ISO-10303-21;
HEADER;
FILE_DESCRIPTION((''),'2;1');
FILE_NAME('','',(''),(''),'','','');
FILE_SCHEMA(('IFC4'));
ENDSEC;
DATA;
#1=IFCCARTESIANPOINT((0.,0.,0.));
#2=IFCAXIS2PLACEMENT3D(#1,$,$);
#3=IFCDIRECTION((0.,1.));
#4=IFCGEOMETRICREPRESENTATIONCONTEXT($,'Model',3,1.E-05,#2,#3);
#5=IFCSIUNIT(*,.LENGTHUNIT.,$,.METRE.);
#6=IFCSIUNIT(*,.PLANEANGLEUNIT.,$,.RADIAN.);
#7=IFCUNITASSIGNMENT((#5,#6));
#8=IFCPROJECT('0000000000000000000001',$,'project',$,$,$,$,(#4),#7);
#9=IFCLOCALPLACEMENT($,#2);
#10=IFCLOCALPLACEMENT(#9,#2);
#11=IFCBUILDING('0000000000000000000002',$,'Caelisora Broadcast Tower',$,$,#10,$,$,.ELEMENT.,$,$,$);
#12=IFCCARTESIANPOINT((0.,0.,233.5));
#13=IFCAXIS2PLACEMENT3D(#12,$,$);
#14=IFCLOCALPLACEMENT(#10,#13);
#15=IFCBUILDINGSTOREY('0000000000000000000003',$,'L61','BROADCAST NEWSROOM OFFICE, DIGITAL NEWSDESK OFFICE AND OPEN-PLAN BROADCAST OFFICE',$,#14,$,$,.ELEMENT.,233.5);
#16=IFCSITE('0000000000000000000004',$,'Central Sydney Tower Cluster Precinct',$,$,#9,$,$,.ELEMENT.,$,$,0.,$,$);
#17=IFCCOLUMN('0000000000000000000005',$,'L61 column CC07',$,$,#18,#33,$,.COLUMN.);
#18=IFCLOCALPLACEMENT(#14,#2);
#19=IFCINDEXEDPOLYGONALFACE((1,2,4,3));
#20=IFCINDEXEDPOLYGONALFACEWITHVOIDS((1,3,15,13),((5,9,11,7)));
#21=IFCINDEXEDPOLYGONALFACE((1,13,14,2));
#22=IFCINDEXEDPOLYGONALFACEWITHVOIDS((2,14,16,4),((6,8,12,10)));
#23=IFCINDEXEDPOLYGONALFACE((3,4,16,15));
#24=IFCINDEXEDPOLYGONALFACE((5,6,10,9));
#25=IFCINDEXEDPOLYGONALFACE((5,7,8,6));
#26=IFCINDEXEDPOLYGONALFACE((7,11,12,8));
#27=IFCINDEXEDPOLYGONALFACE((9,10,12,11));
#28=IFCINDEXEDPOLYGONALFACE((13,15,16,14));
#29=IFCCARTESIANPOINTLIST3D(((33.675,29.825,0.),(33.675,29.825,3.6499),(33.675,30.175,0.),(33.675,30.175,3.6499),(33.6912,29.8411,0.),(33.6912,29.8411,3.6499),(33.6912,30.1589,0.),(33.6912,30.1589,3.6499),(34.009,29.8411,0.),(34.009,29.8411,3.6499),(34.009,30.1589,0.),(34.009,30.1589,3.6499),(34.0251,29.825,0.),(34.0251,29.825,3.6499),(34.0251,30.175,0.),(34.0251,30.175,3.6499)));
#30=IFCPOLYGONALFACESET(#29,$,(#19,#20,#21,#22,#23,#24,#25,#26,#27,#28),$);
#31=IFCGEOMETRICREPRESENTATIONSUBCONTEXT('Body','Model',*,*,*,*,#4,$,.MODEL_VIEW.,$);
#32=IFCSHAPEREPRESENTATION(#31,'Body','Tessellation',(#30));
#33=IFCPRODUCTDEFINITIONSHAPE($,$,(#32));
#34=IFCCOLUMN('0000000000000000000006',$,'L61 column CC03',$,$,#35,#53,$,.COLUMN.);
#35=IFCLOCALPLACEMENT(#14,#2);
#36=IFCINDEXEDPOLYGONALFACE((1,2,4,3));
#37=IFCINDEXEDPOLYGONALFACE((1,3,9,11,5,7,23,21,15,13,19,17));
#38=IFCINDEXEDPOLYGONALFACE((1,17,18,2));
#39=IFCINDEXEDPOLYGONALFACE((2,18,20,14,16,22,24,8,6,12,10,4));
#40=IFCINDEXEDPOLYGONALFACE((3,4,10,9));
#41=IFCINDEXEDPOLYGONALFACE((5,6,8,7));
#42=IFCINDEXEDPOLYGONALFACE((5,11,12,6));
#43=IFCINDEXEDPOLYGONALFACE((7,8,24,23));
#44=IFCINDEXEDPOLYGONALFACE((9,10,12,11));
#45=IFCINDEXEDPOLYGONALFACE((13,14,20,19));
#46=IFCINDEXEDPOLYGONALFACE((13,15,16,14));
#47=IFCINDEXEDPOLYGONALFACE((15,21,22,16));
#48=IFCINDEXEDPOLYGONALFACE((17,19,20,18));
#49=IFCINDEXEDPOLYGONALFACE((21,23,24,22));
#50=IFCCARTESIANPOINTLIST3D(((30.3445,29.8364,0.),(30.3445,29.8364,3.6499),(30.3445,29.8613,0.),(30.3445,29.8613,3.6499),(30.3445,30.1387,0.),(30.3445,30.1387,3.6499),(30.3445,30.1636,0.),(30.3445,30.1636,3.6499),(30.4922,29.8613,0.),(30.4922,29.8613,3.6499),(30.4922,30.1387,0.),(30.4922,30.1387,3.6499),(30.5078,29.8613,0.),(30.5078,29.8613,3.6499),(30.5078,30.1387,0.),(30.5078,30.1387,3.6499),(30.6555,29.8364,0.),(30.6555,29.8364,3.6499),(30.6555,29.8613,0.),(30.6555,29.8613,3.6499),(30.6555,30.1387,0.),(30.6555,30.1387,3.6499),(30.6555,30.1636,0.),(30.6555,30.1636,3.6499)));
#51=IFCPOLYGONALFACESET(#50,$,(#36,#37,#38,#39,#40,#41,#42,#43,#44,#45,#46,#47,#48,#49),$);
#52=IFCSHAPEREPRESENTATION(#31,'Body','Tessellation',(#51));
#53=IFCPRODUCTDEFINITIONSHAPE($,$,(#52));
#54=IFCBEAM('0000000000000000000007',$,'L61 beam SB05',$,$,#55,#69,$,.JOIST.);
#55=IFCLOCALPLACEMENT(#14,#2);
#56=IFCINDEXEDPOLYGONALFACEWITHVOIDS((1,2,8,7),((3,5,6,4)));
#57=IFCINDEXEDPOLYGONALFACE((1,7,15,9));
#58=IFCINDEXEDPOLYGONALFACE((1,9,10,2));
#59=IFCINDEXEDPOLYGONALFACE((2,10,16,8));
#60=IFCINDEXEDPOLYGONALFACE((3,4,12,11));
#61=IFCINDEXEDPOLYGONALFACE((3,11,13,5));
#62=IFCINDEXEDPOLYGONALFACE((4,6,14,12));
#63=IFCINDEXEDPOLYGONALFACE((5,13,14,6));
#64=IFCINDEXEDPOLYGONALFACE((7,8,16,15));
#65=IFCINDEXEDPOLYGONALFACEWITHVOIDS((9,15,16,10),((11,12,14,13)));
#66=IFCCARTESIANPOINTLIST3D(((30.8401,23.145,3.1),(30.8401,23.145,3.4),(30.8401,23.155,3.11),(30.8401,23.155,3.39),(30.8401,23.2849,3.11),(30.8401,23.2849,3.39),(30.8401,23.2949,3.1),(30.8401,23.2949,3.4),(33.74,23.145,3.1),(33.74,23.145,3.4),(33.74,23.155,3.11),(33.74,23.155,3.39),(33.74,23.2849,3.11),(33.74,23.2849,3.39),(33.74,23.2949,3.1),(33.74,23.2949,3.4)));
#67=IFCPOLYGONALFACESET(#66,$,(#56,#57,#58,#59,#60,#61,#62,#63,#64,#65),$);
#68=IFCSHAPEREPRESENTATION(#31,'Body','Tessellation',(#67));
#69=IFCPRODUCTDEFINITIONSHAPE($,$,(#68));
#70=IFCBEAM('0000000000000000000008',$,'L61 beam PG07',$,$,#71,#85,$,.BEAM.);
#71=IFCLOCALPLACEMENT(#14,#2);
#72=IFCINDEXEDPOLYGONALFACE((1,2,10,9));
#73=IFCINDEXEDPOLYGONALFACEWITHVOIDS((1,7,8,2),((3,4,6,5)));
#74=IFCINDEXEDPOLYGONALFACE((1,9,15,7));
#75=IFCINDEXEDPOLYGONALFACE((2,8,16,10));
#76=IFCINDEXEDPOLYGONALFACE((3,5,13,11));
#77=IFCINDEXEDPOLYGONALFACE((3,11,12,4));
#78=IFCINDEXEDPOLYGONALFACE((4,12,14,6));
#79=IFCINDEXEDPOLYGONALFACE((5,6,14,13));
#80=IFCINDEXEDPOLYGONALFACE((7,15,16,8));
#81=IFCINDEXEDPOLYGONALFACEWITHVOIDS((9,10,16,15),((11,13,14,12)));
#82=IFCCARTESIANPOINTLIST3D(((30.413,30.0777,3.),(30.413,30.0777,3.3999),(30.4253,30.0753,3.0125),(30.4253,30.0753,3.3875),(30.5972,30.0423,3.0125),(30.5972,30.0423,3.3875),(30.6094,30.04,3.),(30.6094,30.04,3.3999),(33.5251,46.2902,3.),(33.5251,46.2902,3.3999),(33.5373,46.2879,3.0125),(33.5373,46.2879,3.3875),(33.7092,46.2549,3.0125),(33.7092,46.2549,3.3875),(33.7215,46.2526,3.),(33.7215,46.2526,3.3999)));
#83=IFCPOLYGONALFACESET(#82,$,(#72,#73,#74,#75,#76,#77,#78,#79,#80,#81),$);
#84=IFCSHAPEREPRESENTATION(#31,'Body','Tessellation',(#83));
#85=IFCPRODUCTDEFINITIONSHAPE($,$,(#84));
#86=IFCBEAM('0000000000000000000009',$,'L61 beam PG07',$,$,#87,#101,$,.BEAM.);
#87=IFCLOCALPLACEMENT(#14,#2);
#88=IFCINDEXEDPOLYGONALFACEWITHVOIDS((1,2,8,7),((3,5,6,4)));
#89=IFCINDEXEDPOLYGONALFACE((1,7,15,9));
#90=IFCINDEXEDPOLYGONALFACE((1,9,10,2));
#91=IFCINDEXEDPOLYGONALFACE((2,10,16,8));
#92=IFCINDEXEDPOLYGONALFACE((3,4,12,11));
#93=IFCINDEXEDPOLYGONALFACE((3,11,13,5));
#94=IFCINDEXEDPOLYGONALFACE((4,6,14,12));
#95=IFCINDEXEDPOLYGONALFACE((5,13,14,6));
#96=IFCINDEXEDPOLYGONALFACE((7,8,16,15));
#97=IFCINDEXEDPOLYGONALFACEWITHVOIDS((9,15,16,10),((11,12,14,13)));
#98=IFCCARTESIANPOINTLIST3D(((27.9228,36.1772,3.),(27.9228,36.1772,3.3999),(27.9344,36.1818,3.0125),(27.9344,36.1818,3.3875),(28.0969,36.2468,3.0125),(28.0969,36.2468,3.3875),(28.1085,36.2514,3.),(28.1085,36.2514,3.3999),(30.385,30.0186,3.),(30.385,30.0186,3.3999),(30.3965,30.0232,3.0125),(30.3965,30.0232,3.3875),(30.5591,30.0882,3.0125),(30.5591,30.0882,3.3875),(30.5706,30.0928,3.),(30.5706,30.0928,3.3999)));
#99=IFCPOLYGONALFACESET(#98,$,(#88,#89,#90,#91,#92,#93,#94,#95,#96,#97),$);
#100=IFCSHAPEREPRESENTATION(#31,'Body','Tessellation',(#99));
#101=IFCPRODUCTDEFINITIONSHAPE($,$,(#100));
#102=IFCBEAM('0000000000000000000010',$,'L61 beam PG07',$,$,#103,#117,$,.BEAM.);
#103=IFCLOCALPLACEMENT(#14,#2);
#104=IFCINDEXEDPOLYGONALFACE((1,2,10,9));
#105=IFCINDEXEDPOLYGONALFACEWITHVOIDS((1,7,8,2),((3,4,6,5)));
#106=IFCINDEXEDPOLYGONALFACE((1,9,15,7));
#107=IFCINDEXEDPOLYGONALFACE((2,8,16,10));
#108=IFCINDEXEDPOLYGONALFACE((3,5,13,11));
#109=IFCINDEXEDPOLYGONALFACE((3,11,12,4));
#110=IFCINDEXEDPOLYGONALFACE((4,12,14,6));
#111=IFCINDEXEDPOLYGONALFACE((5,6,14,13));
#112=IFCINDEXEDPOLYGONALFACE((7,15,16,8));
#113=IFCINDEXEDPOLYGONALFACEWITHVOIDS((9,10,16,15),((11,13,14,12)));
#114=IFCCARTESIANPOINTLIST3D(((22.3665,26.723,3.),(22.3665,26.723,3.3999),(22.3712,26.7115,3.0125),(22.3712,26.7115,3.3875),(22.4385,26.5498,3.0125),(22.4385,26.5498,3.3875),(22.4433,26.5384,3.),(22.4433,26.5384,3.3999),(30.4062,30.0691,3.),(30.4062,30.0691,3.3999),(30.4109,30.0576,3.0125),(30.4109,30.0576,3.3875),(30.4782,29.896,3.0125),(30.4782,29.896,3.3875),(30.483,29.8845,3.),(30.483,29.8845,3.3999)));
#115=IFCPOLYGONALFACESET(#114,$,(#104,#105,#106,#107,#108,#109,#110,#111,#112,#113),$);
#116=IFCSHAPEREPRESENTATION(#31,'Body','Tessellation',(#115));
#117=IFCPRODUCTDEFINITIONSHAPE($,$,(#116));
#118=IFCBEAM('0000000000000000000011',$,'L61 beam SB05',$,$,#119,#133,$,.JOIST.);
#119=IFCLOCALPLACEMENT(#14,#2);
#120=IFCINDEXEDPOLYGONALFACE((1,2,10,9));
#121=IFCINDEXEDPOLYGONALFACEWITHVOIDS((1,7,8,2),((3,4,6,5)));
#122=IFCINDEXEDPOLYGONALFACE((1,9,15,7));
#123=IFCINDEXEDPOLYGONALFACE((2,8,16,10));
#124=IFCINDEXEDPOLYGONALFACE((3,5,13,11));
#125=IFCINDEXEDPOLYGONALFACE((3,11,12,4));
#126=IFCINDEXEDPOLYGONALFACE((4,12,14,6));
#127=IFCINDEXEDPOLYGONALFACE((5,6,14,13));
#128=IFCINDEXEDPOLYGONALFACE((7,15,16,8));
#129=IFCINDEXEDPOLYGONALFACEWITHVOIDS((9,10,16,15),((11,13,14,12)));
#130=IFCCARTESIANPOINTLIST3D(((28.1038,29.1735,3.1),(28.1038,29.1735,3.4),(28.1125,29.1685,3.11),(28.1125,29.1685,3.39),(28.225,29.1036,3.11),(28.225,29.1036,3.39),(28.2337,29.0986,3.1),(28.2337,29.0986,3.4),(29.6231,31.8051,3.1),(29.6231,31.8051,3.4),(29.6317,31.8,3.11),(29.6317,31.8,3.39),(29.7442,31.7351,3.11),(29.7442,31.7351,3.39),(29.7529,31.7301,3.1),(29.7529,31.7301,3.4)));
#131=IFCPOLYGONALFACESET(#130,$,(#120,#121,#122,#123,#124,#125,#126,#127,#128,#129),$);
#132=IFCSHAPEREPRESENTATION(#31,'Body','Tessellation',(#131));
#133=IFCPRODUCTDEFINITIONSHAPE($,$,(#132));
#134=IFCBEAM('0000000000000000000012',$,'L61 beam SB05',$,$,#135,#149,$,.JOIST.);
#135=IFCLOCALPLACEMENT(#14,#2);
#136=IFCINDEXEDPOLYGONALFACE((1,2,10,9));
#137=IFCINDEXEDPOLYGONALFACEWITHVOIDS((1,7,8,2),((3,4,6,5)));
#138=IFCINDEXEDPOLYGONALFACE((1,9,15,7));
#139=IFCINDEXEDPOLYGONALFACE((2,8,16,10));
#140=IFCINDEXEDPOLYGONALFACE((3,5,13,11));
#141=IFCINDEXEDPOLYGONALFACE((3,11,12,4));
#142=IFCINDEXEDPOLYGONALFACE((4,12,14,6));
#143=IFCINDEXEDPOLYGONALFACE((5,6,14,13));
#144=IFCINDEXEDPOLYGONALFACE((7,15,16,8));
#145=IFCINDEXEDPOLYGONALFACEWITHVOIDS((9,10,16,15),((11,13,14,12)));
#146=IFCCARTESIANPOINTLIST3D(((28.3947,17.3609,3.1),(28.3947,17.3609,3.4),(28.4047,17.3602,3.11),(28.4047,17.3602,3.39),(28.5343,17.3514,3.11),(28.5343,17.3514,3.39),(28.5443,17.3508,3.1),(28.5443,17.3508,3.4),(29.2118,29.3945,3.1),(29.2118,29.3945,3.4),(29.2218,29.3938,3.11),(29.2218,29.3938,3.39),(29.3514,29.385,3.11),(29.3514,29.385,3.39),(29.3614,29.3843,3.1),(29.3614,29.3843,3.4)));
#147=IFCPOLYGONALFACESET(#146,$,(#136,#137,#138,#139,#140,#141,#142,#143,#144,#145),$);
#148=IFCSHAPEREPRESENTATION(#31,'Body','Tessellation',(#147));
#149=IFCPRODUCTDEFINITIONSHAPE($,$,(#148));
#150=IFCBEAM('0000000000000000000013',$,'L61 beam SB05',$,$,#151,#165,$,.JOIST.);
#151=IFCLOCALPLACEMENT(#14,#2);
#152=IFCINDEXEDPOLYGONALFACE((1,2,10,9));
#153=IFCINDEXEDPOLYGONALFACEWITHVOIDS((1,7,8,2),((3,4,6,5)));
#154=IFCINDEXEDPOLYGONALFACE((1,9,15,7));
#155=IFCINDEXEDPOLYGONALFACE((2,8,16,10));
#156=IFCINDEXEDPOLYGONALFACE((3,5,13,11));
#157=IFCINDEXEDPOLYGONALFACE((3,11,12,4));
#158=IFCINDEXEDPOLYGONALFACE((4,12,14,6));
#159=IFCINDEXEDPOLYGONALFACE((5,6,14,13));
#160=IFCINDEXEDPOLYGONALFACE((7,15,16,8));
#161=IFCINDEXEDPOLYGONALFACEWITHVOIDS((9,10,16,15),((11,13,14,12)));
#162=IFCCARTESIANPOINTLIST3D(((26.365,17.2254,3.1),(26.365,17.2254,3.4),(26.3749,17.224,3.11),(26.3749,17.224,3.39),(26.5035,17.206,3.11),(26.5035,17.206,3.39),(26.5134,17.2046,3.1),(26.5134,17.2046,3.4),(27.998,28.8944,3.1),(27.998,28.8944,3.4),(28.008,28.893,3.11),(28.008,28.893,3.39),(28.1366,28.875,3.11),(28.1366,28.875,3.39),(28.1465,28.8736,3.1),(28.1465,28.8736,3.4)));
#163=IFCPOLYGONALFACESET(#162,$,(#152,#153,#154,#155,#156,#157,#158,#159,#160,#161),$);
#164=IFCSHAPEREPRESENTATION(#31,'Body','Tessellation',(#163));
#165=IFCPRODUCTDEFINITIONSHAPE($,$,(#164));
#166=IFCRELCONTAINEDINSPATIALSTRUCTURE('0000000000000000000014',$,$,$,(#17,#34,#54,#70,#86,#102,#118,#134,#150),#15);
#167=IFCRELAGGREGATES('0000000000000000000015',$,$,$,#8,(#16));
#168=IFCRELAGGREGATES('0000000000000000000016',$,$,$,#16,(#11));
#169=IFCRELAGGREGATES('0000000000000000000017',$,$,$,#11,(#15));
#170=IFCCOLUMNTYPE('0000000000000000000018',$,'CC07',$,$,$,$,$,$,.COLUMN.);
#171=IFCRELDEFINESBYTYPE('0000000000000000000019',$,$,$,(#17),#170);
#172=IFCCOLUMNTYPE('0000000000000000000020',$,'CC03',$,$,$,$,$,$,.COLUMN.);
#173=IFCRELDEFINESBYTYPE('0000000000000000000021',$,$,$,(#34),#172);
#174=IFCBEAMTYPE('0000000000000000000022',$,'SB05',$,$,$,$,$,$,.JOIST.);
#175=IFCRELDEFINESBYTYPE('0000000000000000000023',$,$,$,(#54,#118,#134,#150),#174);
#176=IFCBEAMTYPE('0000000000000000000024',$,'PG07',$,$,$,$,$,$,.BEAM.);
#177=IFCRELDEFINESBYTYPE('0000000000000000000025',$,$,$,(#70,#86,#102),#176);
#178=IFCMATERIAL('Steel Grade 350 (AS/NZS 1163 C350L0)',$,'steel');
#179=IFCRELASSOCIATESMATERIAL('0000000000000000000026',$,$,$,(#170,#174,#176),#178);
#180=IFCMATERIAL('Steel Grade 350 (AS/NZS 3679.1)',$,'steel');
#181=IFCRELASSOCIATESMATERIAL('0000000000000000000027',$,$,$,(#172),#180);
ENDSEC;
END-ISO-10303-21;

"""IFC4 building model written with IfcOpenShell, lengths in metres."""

from ifc_helpers import new_model, si_unit, direction, frame, origin, origin_2d, place, context, subcontext, project, spatial, hollow_rectangle, i_section, extrude, source, transform, mapped, material, material_profile, profile_set, type_object, type_shapes, element, save


model = new_model("IFC4")

# Units and contexts
model_context = context("Model", 3, precision=1e-05, world=origin(), true_north=direction((0.0, 1.0)))
body_context = subcontext(model_context, "Body", "Model", "MODEL_VIEW")
ifc_project = project(units=[si_unit("LENGTHUNIT", "METRE"), si_unit("PLANEANGLEUNIT", "RADIAN")], contexts=[model_context])

# Site, building, storey
site_placement = place(None, origin())
site = spatial("IfcSite", under=ifc_project, at=site_placement, Name="Central Sydney Tower Cluster Precinct", CompositionType="ELEMENT", RefElevation=0.0)
building_placement = place(site_placement, origin())
building = spatial("IfcBuilding", under=site, at=building_placement, Name="Caelisora Broadcast Tower", CompositionType="ELEMENT")
storey_placement = place(building_placement, frame((0.0, 0.0, 233.5)))
storey = spatial("IfcBuildingStorey", under=building, at=storey_placement, Name="L61", Description="BROADCAST NEWSROOM OFFICE, DIGITAL NEWSDESK OFFICE AND OPEN-PLAN BROADCAST OFFICE", CompositionType="ELEMENT", Elevation=233.5)

# Columns
ifc_material_1 = material(Name="Steel Grade 350 (AS/NZS 1163 C350L0)", Category="steel")
ifc_material_profile_1 = material_profile(ifc_material_1, hollow_rectangle(XDim=0.3501, YDim=0.3501, WallThickness=0.0161, at=origin_2d()), Name="Steel Grade 350 (AS/NZS 1163 C350L0)")
ifc_profile_set_1 = profile_set([ifc_material_profile_1], Name="Steel Grade 350 (AS/NZS 1163 C350L0)")
column_type_1 = type_object("IfcColumnType", Name="CC07", PredefinedType="COLUMN", material=ifc_profile_set_1)
shared_shape_1 = source(origin(), body_context, "Body", "SweptSolid", [
    extrude(hollow_rectangle(XDim=0.3501, YDim=0.3501, WallThickness=0.0161, at=origin_2d()), origin(), (0.0, 0.0, 1.0), 3.6499),
])
type_shapes(column_type_1, [shared_shape_1])
column_1_placement = place(storey_placement, frame((33.8501, 30.0, 0.0), z_axis=(0.0, 0.0, 1.0), x_axis=(1.0, 0.0, 0.0)))
element("IfcColumn", 1, at=column_1_placement, inside=storey, type_object=column_type_1, Name="L61 column CC07", PredefinedType="COLUMN", context=body_context, shape_type="MappedRepresentation", body=[
    mapped(shared_shape_1, transform((0.0, 0.0, 0.0), scale=1.0)),
])
ifc_material_2 = material(Name="Steel Grade 350 (AS/NZS 3679.1)", Category="steel")
ifc_material_profile_2 = material_profile(ifc_material_2, i_section(OverallWidth=0.311, OverallDepth=0.3271, WebThickness=0.0156, FlangeThickness=0.0249, at=origin_2d()), Name="Steel Grade 350 (AS/NZS 3679.1)")
ifc_profile_set_2 = profile_set([ifc_material_profile_2], Name="Steel Grade 350 (AS/NZS 3679.1)")
column_type_2 = type_object("IfcColumnType", Name="CC03", PredefinedType="COLUMN", material=ifc_profile_set_2)
shared_shape_2 = source(origin(), body_context, "Body", "SweptSolid", [
    extrude(i_section(OverallWidth=0.311, OverallDepth=0.3271, WebThickness=0.0156, FlangeThickness=0.0249, at=origin_2d()), origin(), (0.0, 0.0, 1.0), 3.6499),
])
type_shapes(column_type_2, [shared_shape_2])
column_2_placement = place(storey_placement, frame((30.5, 30.0, 0.0), z_axis=(0.0, 0.0, 1.0), x_axis=(1.0, 0.0, 0.0)))
element("IfcColumn", 2, at=column_2_placement, inside=storey, type_object=column_type_2, Name="L61 column CC03", PredefinedType="COLUMN", context=body_context, shape_type="MappedRepresentation", body=[
    mapped(shared_shape_2, transform((0.0, 0.0, 0.0), scale=1.0)),
])

# Beams
ifc_material_profile_3 = material_profile(ifc_material_1, hollow_rectangle(XDim=0.1499, YDim=0.3, WallThickness=0.01, at=origin_2d()), Name="Steel Grade 350 (AS/NZS 1163 C350L0)")
ifc_profile_set_3 = profile_set([ifc_material_profile_3], Name="Steel Grade 350 (AS/NZS 1163 C350L0)")
beam_type_1 = type_object("IfcBeamType", Name="SB05", PredefinedType="JOIST", material=ifc_profile_set_3)
shared_shape_3 = source(origin(), body_context, "Body", "SweptSolid", [
    extrude(hollow_rectangle(XDim=0.1499, YDim=0.3, WallThickness=0.01, at=origin_2d()), origin(), (0.0, 0.0, 1.0), 2.8999),
])
beam_1_placement = place(storey_placement, frame((30.8401, 23.22, 3.25), z_axis=(1.0, 0.0, 0.0), x_axis=(0.0, 1.0, 0.0)))
element("IfcBeam", 3, at=beam_1_placement, inside=storey, type_object=beam_type_1, Name="L61 beam SB05", PredefinedType="JOIST", context=body_context, shape_type="MappedRepresentation", body=[
    mapped(shared_shape_3, transform((0.0, 0.0, 0.0), scale=1.0)),
])
ifc_material_profile_4 = material_profile(ifc_material_1, hollow_rectangle(XDim=0.2, YDim=0.3999, WallThickness=0.0125, at=origin_2d()), Name="Steel Grade 350 (AS/NZS 1163 C350L0)")
ifc_profile_set_4 = profile_set([ifc_material_profile_4], Name="Steel Grade 350 (AS/NZS 1163 C350L0)")
beam_type_2 = type_object("IfcBeamType", Name="PG07", PredefinedType="BEAM", material=ifc_profile_set_4)
shared_shape_4 = source(origin(), body_context, "Body", "SweptSolid", [
    extrude(hollow_rectangle(XDim=0.2, YDim=0.3999, WallThickness=0.0125, at=origin_2d()), origin(), (0.0, 0.0, 1.0), 16.5085),
])
beam_2_placement = place(storey_placement, frame((30.5112, 30.0588, 3.2), z_axis=(0.188511, 0.982071, 0.0), x_axis=(-0.982071, 0.188511, 0.0)))
element("IfcBeam", 4, at=beam_2_placement, inside=storey, type_object=beam_type_2, Name="L61 beam PG07", PredefinedType="BEAM", context=body_context, shape_type="MappedRepresentation", body=[
    mapped(shared_shape_4, transform((0.0, 0.0, 0.0), scale=1.0)),
])
shared_shape_5 = source(origin(), body_context, "Body", "SweptSolid", [
    extrude(hollow_rectangle(XDim=0.2, YDim=0.3999, WallThickness=0.0125, at=origin_2d()), origin(), (0.0, 0.0, 1.0), 6.6326),
])
beam_3_placement = place(storey_placement, frame((30.4778, 30.0557, 3.2), z_axis=(-0.371219, 0.928545, 0.0), x_axis=(-0.928545, -0.371219, 0.0)))
element("IfcBeam", 5, at=beam_3_placement, inside=storey, type_object=beam_type_2, Name="L61 beam PG07", PredefinedType="BEAM", context=body_context, shape_type="MappedRepresentation", body=[
    mapped(shared_shape_5, transform((0.0, 0.0, 0.0), scale=1.0)),
])
shared_shape_6 = source(origin(), body_context, "Body", "SweptSolid", [
    extrude(hollow_rectangle(XDim=0.2, YDim=0.3999, WallThickness=0.0125, at=origin_2d()), origin(), (0.0, 0.0, 1.0), 8.7083),
])
type_shapes(beam_type_2, [shared_shape_4, shared_shape_5, shared_shape_6])
beam_4_placement = place(storey_placement, frame((30.4446, 29.9768, 3.2), z_axis=(-0.923229, -0.384251, 0.0), x_axis=(0.384251, -0.923229, 0.0)))
element("IfcBeam", 6, at=beam_4_placement, inside=storey, type_object=beam_type_2, Name="L61 beam PG07", PredefinedType="BEAM", context=body_context, shape_type="MappedRepresentation", body=[
    mapped(shared_shape_6, transform((0.0, 0.0, 0.0), scale=1.0)),
])
shared_shape_7 = source(origin(), body_context, "Body", "SweptSolid", [
    extrude(hollow_rectangle(XDim=0.1499, YDim=0.3, WallThickness=0.01, at=origin_2d()), origin(), (0.0, 0.0, 1.0), 3.0386),
])
beam_5_placement = place(storey_placement, frame((29.688, 31.7676, 3.25), z_axis=(-0.499984, -0.866034, 0.0), x_axis=(0.866034, -0.499984, 0.0)))
element("IfcBeam", 7, at=beam_5_placement, inside=storey, type_object=beam_type_1, Name="L61 beam SB05", PredefinedType="JOIST", context=body_context, shape_type="MappedRepresentation", body=[
    mapped(shared_shape_7, transform((0.0, 0.0, 0.0), scale=1.0)),
])
shared_shape_8 = source(origin(), body_context, "Body", "SweptSolid", [
    extrude(hollow_rectangle(XDim=0.1499, YDim=0.3, WallThickness=0.01, at=origin_2d()), origin(), (0.0, 0.0, 1.0), 12.0613),
])
beam_6_placement = place(storey_placement, frame((29.2866, 29.3894, 3.25), z_axis=(-0.06775, -0.997702, 0.0), x_axis=(0.997702, -0.06775, 0.0)))
element("IfcBeam", 8, at=beam_6_placement, inside=storey, type_object=beam_type_1, Name="L61 beam SB05", PredefinedType="JOIST", context=body_context, shape_type="MappedRepresentation", body=[
    mapped(shared_shape_8, transform((0.0, 0.0, 0.0), scale=1.0)),
])
shared_shape_9 = source(origin(), body_context, "Body", "SweptSolid", [
    extrude(hollow_rectangle(XDim=0.1499, YDim=0.3, WallThickness=0.01, at=origin_2d()), origin(), (0.0, 0.0, 1.0), 11.7827),
])
type_shapes(beam_type_1, [shared_shape_3, shared_shape_7, shared_shape_8, shared_shape_9])
beam_7_placement = place(storey_placement, frame((28.0723, 28.884, 3.25), z_axis=(-0.138598, -0.990349, 0.0), x_axis=(0.990349, -0.138598, 0.0)))
element("IfcBeam", 9, at=beam_7_placement, inside=storey, type_object=beam_type_1, Name="L61 beam SB05", PredefinedType="JOIST", context=body_context, shape_type="MappedRepresentation", body=[
    mapped(shared_shape_9, transform((0.0, 0.0, 0.0), scale=1.0)),
])

save(model, "model.ifc")
